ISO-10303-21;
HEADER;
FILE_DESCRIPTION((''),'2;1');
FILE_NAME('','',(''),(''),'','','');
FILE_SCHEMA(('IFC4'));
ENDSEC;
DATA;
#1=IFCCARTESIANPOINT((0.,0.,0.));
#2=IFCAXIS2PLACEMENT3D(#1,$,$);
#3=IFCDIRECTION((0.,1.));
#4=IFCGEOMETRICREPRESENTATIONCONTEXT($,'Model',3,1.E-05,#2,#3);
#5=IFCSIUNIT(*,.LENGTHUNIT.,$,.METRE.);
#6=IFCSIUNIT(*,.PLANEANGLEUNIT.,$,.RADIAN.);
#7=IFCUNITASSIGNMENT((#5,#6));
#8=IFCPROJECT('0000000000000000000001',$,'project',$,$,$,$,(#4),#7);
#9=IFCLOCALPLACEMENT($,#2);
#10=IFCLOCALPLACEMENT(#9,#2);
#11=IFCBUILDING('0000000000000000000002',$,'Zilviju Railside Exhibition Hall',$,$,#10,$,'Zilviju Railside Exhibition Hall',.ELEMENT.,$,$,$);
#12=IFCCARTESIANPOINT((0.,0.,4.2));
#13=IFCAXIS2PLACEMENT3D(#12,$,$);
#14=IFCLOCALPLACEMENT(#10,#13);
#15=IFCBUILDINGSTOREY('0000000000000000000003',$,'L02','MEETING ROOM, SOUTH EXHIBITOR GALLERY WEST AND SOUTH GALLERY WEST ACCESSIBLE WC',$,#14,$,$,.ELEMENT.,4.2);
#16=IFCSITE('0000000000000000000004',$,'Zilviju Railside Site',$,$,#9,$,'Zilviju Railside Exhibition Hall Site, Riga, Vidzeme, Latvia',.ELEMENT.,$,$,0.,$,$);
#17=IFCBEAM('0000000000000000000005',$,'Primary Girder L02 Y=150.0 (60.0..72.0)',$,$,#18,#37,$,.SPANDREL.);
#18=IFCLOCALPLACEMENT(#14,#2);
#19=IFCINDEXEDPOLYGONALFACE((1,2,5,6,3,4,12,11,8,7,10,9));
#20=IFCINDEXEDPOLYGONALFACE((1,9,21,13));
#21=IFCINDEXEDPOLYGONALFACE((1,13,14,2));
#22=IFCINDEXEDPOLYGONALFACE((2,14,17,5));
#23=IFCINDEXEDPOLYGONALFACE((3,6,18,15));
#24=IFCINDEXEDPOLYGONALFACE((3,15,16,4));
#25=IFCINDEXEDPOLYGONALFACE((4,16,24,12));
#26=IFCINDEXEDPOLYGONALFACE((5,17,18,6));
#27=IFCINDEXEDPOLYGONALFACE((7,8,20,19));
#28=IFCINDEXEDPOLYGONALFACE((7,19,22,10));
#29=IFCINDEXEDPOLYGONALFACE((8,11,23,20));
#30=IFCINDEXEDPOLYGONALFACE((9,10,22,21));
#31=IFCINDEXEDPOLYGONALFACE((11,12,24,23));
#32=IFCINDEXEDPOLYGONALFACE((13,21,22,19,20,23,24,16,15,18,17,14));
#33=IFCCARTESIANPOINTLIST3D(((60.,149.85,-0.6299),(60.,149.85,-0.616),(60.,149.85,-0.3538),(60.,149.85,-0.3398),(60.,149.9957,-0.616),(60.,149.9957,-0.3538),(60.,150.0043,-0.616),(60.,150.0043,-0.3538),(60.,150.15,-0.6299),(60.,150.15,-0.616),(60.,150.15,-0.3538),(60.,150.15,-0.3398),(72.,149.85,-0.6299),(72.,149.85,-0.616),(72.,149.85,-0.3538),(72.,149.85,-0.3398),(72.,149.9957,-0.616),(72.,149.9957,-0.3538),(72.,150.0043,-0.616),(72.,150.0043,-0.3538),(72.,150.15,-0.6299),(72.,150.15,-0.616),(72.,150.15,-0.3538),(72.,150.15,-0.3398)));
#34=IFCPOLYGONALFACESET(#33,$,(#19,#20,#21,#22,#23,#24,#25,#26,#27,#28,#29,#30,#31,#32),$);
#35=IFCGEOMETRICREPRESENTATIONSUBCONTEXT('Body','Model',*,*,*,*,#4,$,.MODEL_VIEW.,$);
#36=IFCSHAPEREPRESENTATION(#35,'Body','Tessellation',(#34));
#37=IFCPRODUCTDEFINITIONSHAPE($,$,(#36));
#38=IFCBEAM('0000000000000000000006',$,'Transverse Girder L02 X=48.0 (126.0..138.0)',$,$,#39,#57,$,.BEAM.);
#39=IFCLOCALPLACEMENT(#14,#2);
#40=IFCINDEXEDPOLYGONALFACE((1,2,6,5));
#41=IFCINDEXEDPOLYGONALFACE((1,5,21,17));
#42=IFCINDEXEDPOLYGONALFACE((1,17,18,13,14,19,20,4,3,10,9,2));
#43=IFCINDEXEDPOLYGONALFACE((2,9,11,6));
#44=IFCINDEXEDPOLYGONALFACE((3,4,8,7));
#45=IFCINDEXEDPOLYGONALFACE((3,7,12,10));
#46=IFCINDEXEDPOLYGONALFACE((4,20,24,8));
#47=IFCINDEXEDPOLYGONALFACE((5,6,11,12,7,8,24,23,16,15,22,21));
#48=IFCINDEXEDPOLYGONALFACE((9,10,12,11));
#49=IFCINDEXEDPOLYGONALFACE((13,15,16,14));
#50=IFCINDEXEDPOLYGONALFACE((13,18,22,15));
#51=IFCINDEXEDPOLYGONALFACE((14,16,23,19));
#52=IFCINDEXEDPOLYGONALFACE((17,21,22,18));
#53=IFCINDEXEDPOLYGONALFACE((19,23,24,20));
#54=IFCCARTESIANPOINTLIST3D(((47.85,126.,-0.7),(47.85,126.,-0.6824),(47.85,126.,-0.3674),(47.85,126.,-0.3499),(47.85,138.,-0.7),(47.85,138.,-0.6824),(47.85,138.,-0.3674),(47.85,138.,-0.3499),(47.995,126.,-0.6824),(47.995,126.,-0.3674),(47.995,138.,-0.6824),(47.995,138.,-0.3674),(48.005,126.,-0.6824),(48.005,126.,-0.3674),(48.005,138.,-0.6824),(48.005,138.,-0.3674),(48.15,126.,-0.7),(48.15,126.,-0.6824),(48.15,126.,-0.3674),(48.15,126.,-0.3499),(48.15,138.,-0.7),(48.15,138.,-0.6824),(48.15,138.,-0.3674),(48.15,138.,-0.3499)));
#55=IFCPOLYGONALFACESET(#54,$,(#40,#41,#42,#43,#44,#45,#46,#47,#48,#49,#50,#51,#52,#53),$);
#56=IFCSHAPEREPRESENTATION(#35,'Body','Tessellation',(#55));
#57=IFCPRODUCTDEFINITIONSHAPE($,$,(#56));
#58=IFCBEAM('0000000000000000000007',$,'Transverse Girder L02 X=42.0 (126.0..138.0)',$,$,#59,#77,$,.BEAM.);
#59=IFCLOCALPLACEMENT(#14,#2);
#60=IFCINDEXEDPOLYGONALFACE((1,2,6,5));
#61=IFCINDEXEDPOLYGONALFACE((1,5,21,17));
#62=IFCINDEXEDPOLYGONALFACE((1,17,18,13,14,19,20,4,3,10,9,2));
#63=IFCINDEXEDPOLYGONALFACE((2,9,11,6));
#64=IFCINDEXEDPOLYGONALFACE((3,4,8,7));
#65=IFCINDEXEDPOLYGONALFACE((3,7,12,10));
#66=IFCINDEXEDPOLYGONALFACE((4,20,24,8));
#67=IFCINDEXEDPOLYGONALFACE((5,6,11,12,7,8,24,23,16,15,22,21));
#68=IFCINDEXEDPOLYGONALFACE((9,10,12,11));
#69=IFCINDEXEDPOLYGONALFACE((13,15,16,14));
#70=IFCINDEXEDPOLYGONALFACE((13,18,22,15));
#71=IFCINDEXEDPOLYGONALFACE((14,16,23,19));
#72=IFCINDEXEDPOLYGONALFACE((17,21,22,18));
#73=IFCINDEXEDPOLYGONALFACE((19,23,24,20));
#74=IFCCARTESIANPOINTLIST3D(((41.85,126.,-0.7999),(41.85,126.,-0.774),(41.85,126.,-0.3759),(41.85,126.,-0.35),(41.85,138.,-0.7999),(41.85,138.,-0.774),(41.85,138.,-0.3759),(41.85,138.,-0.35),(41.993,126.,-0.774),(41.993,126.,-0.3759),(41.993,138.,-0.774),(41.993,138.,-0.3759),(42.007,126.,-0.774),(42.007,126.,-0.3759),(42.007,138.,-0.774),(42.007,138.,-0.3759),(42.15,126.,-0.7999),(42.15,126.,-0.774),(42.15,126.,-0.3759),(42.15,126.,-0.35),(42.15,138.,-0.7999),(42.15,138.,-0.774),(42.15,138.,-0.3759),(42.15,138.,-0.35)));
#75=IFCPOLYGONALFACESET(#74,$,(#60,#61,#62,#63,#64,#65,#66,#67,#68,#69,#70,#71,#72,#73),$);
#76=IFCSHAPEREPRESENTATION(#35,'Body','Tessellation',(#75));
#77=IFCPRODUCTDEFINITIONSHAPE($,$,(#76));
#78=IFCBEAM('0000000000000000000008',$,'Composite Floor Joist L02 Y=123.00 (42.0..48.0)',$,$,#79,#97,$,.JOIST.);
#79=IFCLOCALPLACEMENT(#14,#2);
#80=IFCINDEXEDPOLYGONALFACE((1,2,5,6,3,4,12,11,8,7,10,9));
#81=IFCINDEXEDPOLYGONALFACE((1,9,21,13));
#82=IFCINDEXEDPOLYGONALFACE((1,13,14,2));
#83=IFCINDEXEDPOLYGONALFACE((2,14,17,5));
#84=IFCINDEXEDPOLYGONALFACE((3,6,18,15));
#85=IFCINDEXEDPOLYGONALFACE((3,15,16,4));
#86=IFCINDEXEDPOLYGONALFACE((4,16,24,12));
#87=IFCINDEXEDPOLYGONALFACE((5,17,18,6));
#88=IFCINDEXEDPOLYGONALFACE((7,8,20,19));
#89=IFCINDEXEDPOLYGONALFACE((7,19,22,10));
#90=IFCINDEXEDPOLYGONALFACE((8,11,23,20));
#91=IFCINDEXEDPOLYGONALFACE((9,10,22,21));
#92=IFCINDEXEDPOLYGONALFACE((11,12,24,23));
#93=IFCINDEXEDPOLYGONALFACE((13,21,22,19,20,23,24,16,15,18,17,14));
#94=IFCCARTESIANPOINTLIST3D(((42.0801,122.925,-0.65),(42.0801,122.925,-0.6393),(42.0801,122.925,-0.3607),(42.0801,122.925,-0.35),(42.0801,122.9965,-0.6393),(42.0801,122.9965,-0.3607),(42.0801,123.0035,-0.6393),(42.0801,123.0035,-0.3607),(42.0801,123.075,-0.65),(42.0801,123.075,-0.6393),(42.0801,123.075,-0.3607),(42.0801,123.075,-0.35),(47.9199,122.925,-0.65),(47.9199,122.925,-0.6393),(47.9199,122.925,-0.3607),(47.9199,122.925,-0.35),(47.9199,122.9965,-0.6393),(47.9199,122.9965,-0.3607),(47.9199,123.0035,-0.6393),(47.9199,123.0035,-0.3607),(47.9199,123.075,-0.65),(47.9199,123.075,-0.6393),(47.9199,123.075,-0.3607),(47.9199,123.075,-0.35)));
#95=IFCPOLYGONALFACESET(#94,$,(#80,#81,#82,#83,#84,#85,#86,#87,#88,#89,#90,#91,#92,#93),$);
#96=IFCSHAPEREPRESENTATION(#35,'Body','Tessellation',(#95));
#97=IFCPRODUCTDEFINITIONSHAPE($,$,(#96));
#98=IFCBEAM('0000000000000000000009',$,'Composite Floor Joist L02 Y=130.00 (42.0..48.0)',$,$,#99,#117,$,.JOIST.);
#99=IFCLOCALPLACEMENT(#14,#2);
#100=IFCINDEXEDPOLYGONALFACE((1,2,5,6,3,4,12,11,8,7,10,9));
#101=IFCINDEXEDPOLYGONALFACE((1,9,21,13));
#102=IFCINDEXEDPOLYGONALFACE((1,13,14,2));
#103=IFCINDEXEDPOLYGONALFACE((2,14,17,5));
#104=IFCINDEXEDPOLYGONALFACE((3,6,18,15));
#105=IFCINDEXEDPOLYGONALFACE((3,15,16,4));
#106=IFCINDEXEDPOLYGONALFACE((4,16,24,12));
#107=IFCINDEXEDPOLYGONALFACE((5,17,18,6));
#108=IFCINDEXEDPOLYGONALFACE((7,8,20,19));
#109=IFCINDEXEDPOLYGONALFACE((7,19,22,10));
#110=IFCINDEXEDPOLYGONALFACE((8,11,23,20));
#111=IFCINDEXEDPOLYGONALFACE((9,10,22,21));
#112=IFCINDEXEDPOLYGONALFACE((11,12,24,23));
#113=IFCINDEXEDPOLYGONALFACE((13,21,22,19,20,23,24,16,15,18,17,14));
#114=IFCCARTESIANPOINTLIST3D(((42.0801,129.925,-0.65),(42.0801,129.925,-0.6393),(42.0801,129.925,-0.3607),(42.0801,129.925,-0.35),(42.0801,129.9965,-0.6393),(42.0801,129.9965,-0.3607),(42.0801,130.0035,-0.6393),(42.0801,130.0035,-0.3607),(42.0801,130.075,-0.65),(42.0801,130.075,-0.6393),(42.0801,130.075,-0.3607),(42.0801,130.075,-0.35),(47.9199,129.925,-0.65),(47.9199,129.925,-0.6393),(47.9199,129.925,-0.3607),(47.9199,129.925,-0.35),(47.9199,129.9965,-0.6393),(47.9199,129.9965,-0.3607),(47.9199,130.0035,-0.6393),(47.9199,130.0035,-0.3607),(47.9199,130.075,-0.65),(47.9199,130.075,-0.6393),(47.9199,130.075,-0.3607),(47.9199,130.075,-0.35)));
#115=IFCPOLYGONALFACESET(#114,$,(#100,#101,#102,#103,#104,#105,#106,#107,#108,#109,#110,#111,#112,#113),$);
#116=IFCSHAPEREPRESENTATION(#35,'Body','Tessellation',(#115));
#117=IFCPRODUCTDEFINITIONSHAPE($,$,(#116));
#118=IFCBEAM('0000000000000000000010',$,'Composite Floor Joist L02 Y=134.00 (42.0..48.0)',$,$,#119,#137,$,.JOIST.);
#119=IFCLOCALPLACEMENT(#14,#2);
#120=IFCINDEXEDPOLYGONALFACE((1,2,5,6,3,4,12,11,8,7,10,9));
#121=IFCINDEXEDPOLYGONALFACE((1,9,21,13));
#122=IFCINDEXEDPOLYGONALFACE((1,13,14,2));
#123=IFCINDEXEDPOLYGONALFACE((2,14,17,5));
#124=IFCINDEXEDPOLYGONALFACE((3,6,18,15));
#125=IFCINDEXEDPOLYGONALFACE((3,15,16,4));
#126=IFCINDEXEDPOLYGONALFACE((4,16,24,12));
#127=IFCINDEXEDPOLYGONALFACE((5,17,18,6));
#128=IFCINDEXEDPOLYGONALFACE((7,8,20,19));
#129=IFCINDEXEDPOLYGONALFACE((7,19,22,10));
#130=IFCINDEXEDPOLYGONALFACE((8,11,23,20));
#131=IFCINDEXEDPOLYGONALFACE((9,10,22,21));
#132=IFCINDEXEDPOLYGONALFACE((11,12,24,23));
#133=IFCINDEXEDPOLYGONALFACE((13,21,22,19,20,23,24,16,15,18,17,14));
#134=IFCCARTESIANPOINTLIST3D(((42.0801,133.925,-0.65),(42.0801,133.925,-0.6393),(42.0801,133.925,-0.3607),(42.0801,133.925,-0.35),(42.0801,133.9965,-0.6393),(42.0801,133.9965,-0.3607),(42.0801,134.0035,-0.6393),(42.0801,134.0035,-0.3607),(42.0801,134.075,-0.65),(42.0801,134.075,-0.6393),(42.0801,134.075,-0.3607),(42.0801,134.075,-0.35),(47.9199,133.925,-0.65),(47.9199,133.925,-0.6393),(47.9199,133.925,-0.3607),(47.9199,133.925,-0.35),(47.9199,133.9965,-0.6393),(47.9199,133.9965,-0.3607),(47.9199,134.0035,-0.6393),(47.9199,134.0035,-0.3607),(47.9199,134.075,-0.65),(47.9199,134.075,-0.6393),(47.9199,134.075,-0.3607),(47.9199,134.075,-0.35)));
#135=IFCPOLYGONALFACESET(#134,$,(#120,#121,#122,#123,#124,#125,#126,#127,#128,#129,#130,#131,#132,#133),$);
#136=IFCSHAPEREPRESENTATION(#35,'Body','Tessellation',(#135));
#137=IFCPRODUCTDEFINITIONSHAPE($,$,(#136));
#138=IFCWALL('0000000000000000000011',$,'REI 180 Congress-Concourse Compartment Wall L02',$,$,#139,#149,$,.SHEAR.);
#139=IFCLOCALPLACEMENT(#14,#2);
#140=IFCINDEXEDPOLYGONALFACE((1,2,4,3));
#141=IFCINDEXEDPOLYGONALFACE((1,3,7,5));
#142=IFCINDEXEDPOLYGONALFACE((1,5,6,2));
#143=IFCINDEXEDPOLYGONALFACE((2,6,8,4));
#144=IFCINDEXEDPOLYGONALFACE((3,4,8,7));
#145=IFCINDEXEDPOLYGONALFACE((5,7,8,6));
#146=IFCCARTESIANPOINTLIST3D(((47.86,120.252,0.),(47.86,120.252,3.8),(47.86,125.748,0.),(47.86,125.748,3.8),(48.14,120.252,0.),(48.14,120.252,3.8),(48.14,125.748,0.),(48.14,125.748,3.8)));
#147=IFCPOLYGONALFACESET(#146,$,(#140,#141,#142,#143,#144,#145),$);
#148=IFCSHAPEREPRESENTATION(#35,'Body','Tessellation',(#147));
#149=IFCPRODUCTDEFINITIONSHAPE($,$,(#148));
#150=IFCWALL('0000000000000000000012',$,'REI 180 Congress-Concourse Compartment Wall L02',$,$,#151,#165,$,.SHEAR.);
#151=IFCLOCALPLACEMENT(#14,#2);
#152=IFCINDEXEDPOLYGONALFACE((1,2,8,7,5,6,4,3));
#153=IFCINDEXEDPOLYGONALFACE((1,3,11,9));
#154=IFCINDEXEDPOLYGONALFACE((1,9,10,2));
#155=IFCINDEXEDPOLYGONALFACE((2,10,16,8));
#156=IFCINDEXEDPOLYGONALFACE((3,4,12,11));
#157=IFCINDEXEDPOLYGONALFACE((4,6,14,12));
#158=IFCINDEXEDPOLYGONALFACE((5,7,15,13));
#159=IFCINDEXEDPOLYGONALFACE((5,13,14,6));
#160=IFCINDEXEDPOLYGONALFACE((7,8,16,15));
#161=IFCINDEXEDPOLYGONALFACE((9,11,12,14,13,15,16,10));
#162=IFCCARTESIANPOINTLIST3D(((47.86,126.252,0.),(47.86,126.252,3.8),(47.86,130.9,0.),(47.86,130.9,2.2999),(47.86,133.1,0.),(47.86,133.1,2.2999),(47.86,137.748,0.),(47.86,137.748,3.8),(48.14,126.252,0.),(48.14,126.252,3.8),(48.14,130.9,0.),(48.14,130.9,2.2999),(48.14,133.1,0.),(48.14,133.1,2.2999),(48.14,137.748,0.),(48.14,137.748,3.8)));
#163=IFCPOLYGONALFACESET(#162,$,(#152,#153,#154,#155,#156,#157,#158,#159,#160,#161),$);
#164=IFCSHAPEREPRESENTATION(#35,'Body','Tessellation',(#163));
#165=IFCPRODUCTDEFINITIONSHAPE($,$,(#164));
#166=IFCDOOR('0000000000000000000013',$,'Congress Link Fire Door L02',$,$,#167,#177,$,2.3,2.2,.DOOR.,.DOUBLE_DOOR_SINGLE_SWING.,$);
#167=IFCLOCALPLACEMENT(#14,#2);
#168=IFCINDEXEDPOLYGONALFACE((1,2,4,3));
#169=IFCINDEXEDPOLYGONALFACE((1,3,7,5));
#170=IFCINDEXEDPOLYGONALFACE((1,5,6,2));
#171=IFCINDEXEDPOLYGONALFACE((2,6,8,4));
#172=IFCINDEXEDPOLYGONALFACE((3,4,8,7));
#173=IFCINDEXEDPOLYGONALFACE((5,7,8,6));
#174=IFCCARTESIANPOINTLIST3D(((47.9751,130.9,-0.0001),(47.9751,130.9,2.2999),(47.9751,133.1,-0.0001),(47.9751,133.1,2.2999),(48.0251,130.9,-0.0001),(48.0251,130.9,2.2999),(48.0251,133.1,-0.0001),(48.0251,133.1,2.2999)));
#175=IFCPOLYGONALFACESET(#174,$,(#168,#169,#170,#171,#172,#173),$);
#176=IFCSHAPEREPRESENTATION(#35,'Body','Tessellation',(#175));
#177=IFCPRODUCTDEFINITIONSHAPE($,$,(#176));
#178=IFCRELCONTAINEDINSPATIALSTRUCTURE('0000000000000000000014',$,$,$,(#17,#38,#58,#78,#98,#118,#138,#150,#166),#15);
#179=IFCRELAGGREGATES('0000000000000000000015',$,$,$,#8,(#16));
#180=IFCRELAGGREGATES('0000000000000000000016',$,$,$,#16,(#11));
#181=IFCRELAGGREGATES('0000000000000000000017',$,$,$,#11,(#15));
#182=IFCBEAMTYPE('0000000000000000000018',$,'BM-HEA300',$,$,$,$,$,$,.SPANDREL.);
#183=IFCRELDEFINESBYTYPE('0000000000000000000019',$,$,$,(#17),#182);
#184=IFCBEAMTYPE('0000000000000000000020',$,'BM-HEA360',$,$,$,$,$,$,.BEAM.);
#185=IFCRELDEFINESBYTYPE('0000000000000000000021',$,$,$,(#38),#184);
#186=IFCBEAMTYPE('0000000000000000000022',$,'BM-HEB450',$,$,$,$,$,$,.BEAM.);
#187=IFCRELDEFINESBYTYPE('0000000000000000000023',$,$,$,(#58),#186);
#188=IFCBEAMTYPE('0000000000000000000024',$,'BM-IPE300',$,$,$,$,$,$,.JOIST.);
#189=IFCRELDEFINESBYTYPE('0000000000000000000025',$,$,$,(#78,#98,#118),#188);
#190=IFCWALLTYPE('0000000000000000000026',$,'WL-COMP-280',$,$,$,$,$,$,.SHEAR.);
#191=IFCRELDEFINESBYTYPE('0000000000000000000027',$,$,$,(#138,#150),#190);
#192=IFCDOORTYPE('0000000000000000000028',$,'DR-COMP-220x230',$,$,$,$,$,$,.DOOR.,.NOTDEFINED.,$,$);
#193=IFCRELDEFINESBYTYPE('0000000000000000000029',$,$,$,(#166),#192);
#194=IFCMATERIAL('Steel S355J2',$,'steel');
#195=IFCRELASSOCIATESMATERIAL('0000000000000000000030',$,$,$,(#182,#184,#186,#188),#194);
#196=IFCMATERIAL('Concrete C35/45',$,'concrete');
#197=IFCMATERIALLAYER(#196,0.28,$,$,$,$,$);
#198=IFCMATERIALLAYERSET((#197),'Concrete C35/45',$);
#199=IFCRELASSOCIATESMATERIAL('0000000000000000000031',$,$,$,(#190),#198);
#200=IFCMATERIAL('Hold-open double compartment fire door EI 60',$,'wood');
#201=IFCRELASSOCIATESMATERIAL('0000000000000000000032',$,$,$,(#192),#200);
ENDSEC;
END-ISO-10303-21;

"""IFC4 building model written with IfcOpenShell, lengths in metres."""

from ifc_helpers import new_model, si_unit, direction, frame, frame_2d, origin, origin_2d, place, context, subcontext, project, spatial, rectangle, i_section, extrude, material, layer, layer_set, material_profile, profile_set, type_object, element, fill, save


model = new_model("IFC4")

# Units and contexts
model_context = context("Model", 3, precision=1e-05, world=origin(), true_north=direction((0.0, 1.0)))
body_context = subcontext(model_context, "Body", "Model", "MODEL_VIEW")
ifc_project = project(units=[si_unit("LENGTHUNIT", "METRE"), si_unit("PLANEANGLEUNIT", "RADIAN")], contexts=[model_context])

# Site, building, storey
site_placement = place(None, origin())
site = spatial("IfcSite", under=ifc_project, at=site_placement, Name="Zilviju Railside Site", LongName="Zilviju Railside Exhibition Hall Site, Riga, Vidzeme, Latvia", CompositionType="ELEMENT", RefElevation=0.0)
building_placement = place(site_placement, origin())
building = spatial("IfcBuilding", under=site, at=building_placement, Name="Zilviju Railside Exhibition Hall", LongName="Zilviju Railside Exhibition Hall", CompositionType="ELEMENT")
storey_placement = place(building_placement, frame((0.0, 0.0, 4.2)))
storey = spatial("IfcBuildingStorey", under=building, at=storey_placement, Name="L02", Description="MEETING ROOM, SOUTH EXHIBITOR GALLERY WEST AND SOUTH GALLERY WEST ACCESSIBLE WC", CompositionType="ELEMENT", Elevation=4.2)

# Shared definitions
ifc_material_1 = material(Name="Concrete C35/45", Category="concrete")
ifc_material_2 = material(Name="Steel S355J2", Category="steel")

# Beams
ifc_material_profile_1 = material_profile(ifc_material_2, i_section(OverallWidth=0.3, OverallDepth=0.29, WebThickness=0.0085, FlangeThickness=0.0139, at=origin_2d()), Name="HEA 300")
ifc_profile_set_1 = profile_set([ifc_material_profile_1], Name="Steel S355J2")
beam_type_1 = type_object("IfcBeamType", Name="BM-HEA300", PredefinedType="SPANDREL", material=ifc_profile_set_1)
for number, where, z_axis, x_axis, name in (
    (1, (60.0, 150.0, -0.4849), (1.0, 0.0, 0.0), (0.0, 1.0, 0.0), "Primary Girder L02 Y=150.0 (60.0..72.0)"),
):
    element("IfcBeam", number, at=place(storey_placement, frame(where, z_axis=z_axis, x_axis=x_axis)), inside=storey, type_object=beam_type_1, Name=name, PredefinedType="SPANDREL", context=body_context, shape_type="SweptSolid", body=[
        extrude(i_section(OverallWidth=0.3, OverallDepth=0.29, WebThickness=0.0085, FlangeThickness=0.0139, at=origin_2d()), origin(), (0.0, 0.0, 1.0), 12.0),
    ])
ifc_material_profile_2 = material_profile(ifc_material_2, i_section(OverallWidth=0.3, OverallDepth=0.3501, WebThickness=0.01, FlangeThickness=0.0176, at=origin_2d()), Name="HEA 360")
ifc_profile_set_2 = profile_set([ifc_material_profile_2], Name="Steel S355J2")
beam_type_2 = type_object("IfcBeamType", Name="BM-HEA360", PredefinedType="BEAM", material=ifc_profile_set_2)
beam_1_placement = place(storey_placement, frame((48.0, 126.0, -0.5249), z_axis=(0.0, 1.0, 0.0), x_axis=(-1.0, 0.0, 0.0)))
element("IfcBeam", 2, at=beam_1_placement, inside=storey, type_object=beam_type_2, Name="Transverse Girder L02 X=48.0 (126.0..138.0)", PredefinedType="BEAM", context=body_context, shape_type="SweptSolid", body=[
    extrude(i_section(OverallWidth=0.3, OverallDepth=0.3501, WebThickness=0.01, FlangeThickness=0.0176, at=origin_2d()), origin(), (0.0, 0.0, 1.0), 12.0),
])
ifc_material_profile_3 = material_profile(ifc_material_2, i_section(OverallWidth=0.3, OverallDepth=0.45, WebThickness=0.0139, FlangeThickness=0.0259, at=origin_2d()), Name="HEB 450")
ifc_profile_set_3 = profile_set([ifc_material_profile_3], Name="Steel S355J2")
beam_type_3 = type_object("IfcBeamType", Name="BM-HEB450", PredefinedType="BEAM", material=ifc_profile_set_3)
beam_2_placement = place(storey_placement, frame((42.0, 126.0, -0.575), z_axis=(0.0, 1.0, 0.0), x_axis=(-1.0, 0.0, 0.0)))
element("IfcBeam", 3, at=beam_2_placement, inside=storey, type_object=beam_type_3, Name="Transverse Girder L02 X=42.0 (126.0..138.0)", PredefinedType="BEAM", context=body_context, shape_type="SweptSolid", body=[
    extrude(i_section(OverallWidth=0.3, OverallDepth=0.45, WebThickness=0.0139, FlangeThickness=0.0259, at=origin_2d()), origin(), (0.0, 0.0, 1.0), 12.0),
])
ifc_material_profile_4 = material_profile(ifc_material_2, i_section(OverallWidth=0.1499, OverallDepth=0.3, WebThickness=0.0071, FlangeThickness=0.0107, at=origin_2d()), Name="IPE 300")
ifc_profile_set_4 = profile_set([ifc_material_profile_4], Name="Steel S355J2")
beam_type_4 = type_object("IfcBeamType", Name="BM-IPE300", PredefinedType="JOIST", material=ifc_profile_set_4)
for number, where, z_axis, x_axis, name in (
    (4, (42.0801, 123.0, -0.5), (1.0, 0.0, 0.0), (0.0, 1.0, 0.0), "Composite Floor Joist L02 Y=123.00 (42.0..48.0)"),
    (5, (42.0801, 130.0, -0.5), (1.0, 0.0, 0.0), (0.0, 1.0, 0.0), "Composite Floor Joist L02 Y=130.00 (42.0..48.0)"),
    (6, (42.0801, 134.0, -0.5), (1.0, 0.0, 0.0), (0.0, 1.0, 0.0), "Composite Floor Joist L02 Y=134.00 (42.0..48.0)"),
):
    element("IfcBeam", number, at=place(storey_placement, frame(where, z_axis=z_axis, x_axis=x_axis)), inside=storey, type_object=beam_type_4, Name=name, PredefinedType="JOIST", context=body_context, shape_type="SweptSolid", body=[
        extrude(i_section(OverallWidth=0.1499, OverallDepth=0.3, WebThickness=0.0071, FlangeThickness=0.0107, at=origin_2d()), origin(), (0.0, 0.0, 1.0), 5.8398),
    ])

# Wall
ifc_layer_1 = layer(ifc_material_1, 0.28)
ifc_layer_set_1 = layer_set([ifc_layer_1], Name="Concrete C35/45")
wall_type_1 = type_object("IfcWallType", Name="WL-COMP-280", PredefinedType="SHEAR", material=ifc_layer_set_1)
wall_1_placement = place(storey_placement, frame((48.0, 120.252, 0.0), z_axis=(0.0, 0.0, 1.0), x_axis=(0.0, 1.0, 0.0)))
element("IfcWall", 7, at=wall_1_placement, inside=storey, type_object=wall_type_1, Name="REI 180 Congress-Concourse Compartment Wall L02", PredefinedType="SHEAR", context=body_context, shape_type="SweptSolid", body=[
    extrude(rectangle(XDim=5.4961, YDim=0.28, at=frame_2d((2.748, 0.0))), origin(), (0.0, 0.0, 1.0), 3.8),
])

# Wall, opening, door
wall_2_placement = place(storey_placement, frame((48.0, 126.252, 0.0), z_axis=(0.0, 0.0, 1.0), x_axis=(0.0, 1.0, 0.0)))
wall_2 = element("IfcWall", 8, at=wall_2_placement, inside=storey, type_object=wall_type_1, Name="REI 180 Congress-Concourse Compartment Wall L02", PredefinedType="SHEAR", context=body_context, shape_type="SweptSolid", body=[
    extrude(rectangle(XDim=11.4961, YDim=0.28, at=frame_2d((5.748, 0.0))), origin(), (0.0, 0.0, 1.0), 3.8),
])
opening_1_placement = place(wall_2_placement, frame((4.6479, 0.0, 0.0)))
opening_1 = element("IfcOpeningElement", 9, at=opening_1_placement, cuts=wall_2, PredefinedType="OPENING", context=body_context, shape_type="SweptSolid", body=[
    extrude(rectangle(XDim=2.2, YDim=2.3, at=frame_2d((1.1001, 1.1499))), frame((0.0, 0.1499, 0.0), z_axis=(0.0, -1.0, 0.0), x_axis=(1.0, 0.0, 0.0)), (0.0, 0.0, 1.0), 0.3),
])
ifc_material_3 = material(Name="Hold-open double compartment fire door EI 60", Category="wood")
door_type = type_object("IfcDoorType", Name="DR-COMP-220x230", OperationType="NOTDEFINED", PredefinedType="DOOR", material=ifc_material_3)
door_placement = place(opening_1_placement, origin())
door = element("IfcDoor", 10, at=door_placement, inside=storey, type_object=door_type, Name="Congress Link Fire Door L02", OperationType="DOUBLE_DOOR_SINGLE_SWING", OverallHeight=2.3, OverallWidth=2.2, PredefinedType="DOOR", context=body_context, shape_type="SweptSolid", body=[
    extrude(rectangle(XDim=2.2, YDim=2.3, at=frame_2d((1.1001, 1.1499))), frame((0.0, 0.0249, 0.0), z_axis=(0.0, -1.0, 0.0), x_axis=(1.0, 0.0, 0.0)), (0.0, 0.0, 1.0), 0.05),
])
fill(opening_1, door)

save(model, "model.ifc")
